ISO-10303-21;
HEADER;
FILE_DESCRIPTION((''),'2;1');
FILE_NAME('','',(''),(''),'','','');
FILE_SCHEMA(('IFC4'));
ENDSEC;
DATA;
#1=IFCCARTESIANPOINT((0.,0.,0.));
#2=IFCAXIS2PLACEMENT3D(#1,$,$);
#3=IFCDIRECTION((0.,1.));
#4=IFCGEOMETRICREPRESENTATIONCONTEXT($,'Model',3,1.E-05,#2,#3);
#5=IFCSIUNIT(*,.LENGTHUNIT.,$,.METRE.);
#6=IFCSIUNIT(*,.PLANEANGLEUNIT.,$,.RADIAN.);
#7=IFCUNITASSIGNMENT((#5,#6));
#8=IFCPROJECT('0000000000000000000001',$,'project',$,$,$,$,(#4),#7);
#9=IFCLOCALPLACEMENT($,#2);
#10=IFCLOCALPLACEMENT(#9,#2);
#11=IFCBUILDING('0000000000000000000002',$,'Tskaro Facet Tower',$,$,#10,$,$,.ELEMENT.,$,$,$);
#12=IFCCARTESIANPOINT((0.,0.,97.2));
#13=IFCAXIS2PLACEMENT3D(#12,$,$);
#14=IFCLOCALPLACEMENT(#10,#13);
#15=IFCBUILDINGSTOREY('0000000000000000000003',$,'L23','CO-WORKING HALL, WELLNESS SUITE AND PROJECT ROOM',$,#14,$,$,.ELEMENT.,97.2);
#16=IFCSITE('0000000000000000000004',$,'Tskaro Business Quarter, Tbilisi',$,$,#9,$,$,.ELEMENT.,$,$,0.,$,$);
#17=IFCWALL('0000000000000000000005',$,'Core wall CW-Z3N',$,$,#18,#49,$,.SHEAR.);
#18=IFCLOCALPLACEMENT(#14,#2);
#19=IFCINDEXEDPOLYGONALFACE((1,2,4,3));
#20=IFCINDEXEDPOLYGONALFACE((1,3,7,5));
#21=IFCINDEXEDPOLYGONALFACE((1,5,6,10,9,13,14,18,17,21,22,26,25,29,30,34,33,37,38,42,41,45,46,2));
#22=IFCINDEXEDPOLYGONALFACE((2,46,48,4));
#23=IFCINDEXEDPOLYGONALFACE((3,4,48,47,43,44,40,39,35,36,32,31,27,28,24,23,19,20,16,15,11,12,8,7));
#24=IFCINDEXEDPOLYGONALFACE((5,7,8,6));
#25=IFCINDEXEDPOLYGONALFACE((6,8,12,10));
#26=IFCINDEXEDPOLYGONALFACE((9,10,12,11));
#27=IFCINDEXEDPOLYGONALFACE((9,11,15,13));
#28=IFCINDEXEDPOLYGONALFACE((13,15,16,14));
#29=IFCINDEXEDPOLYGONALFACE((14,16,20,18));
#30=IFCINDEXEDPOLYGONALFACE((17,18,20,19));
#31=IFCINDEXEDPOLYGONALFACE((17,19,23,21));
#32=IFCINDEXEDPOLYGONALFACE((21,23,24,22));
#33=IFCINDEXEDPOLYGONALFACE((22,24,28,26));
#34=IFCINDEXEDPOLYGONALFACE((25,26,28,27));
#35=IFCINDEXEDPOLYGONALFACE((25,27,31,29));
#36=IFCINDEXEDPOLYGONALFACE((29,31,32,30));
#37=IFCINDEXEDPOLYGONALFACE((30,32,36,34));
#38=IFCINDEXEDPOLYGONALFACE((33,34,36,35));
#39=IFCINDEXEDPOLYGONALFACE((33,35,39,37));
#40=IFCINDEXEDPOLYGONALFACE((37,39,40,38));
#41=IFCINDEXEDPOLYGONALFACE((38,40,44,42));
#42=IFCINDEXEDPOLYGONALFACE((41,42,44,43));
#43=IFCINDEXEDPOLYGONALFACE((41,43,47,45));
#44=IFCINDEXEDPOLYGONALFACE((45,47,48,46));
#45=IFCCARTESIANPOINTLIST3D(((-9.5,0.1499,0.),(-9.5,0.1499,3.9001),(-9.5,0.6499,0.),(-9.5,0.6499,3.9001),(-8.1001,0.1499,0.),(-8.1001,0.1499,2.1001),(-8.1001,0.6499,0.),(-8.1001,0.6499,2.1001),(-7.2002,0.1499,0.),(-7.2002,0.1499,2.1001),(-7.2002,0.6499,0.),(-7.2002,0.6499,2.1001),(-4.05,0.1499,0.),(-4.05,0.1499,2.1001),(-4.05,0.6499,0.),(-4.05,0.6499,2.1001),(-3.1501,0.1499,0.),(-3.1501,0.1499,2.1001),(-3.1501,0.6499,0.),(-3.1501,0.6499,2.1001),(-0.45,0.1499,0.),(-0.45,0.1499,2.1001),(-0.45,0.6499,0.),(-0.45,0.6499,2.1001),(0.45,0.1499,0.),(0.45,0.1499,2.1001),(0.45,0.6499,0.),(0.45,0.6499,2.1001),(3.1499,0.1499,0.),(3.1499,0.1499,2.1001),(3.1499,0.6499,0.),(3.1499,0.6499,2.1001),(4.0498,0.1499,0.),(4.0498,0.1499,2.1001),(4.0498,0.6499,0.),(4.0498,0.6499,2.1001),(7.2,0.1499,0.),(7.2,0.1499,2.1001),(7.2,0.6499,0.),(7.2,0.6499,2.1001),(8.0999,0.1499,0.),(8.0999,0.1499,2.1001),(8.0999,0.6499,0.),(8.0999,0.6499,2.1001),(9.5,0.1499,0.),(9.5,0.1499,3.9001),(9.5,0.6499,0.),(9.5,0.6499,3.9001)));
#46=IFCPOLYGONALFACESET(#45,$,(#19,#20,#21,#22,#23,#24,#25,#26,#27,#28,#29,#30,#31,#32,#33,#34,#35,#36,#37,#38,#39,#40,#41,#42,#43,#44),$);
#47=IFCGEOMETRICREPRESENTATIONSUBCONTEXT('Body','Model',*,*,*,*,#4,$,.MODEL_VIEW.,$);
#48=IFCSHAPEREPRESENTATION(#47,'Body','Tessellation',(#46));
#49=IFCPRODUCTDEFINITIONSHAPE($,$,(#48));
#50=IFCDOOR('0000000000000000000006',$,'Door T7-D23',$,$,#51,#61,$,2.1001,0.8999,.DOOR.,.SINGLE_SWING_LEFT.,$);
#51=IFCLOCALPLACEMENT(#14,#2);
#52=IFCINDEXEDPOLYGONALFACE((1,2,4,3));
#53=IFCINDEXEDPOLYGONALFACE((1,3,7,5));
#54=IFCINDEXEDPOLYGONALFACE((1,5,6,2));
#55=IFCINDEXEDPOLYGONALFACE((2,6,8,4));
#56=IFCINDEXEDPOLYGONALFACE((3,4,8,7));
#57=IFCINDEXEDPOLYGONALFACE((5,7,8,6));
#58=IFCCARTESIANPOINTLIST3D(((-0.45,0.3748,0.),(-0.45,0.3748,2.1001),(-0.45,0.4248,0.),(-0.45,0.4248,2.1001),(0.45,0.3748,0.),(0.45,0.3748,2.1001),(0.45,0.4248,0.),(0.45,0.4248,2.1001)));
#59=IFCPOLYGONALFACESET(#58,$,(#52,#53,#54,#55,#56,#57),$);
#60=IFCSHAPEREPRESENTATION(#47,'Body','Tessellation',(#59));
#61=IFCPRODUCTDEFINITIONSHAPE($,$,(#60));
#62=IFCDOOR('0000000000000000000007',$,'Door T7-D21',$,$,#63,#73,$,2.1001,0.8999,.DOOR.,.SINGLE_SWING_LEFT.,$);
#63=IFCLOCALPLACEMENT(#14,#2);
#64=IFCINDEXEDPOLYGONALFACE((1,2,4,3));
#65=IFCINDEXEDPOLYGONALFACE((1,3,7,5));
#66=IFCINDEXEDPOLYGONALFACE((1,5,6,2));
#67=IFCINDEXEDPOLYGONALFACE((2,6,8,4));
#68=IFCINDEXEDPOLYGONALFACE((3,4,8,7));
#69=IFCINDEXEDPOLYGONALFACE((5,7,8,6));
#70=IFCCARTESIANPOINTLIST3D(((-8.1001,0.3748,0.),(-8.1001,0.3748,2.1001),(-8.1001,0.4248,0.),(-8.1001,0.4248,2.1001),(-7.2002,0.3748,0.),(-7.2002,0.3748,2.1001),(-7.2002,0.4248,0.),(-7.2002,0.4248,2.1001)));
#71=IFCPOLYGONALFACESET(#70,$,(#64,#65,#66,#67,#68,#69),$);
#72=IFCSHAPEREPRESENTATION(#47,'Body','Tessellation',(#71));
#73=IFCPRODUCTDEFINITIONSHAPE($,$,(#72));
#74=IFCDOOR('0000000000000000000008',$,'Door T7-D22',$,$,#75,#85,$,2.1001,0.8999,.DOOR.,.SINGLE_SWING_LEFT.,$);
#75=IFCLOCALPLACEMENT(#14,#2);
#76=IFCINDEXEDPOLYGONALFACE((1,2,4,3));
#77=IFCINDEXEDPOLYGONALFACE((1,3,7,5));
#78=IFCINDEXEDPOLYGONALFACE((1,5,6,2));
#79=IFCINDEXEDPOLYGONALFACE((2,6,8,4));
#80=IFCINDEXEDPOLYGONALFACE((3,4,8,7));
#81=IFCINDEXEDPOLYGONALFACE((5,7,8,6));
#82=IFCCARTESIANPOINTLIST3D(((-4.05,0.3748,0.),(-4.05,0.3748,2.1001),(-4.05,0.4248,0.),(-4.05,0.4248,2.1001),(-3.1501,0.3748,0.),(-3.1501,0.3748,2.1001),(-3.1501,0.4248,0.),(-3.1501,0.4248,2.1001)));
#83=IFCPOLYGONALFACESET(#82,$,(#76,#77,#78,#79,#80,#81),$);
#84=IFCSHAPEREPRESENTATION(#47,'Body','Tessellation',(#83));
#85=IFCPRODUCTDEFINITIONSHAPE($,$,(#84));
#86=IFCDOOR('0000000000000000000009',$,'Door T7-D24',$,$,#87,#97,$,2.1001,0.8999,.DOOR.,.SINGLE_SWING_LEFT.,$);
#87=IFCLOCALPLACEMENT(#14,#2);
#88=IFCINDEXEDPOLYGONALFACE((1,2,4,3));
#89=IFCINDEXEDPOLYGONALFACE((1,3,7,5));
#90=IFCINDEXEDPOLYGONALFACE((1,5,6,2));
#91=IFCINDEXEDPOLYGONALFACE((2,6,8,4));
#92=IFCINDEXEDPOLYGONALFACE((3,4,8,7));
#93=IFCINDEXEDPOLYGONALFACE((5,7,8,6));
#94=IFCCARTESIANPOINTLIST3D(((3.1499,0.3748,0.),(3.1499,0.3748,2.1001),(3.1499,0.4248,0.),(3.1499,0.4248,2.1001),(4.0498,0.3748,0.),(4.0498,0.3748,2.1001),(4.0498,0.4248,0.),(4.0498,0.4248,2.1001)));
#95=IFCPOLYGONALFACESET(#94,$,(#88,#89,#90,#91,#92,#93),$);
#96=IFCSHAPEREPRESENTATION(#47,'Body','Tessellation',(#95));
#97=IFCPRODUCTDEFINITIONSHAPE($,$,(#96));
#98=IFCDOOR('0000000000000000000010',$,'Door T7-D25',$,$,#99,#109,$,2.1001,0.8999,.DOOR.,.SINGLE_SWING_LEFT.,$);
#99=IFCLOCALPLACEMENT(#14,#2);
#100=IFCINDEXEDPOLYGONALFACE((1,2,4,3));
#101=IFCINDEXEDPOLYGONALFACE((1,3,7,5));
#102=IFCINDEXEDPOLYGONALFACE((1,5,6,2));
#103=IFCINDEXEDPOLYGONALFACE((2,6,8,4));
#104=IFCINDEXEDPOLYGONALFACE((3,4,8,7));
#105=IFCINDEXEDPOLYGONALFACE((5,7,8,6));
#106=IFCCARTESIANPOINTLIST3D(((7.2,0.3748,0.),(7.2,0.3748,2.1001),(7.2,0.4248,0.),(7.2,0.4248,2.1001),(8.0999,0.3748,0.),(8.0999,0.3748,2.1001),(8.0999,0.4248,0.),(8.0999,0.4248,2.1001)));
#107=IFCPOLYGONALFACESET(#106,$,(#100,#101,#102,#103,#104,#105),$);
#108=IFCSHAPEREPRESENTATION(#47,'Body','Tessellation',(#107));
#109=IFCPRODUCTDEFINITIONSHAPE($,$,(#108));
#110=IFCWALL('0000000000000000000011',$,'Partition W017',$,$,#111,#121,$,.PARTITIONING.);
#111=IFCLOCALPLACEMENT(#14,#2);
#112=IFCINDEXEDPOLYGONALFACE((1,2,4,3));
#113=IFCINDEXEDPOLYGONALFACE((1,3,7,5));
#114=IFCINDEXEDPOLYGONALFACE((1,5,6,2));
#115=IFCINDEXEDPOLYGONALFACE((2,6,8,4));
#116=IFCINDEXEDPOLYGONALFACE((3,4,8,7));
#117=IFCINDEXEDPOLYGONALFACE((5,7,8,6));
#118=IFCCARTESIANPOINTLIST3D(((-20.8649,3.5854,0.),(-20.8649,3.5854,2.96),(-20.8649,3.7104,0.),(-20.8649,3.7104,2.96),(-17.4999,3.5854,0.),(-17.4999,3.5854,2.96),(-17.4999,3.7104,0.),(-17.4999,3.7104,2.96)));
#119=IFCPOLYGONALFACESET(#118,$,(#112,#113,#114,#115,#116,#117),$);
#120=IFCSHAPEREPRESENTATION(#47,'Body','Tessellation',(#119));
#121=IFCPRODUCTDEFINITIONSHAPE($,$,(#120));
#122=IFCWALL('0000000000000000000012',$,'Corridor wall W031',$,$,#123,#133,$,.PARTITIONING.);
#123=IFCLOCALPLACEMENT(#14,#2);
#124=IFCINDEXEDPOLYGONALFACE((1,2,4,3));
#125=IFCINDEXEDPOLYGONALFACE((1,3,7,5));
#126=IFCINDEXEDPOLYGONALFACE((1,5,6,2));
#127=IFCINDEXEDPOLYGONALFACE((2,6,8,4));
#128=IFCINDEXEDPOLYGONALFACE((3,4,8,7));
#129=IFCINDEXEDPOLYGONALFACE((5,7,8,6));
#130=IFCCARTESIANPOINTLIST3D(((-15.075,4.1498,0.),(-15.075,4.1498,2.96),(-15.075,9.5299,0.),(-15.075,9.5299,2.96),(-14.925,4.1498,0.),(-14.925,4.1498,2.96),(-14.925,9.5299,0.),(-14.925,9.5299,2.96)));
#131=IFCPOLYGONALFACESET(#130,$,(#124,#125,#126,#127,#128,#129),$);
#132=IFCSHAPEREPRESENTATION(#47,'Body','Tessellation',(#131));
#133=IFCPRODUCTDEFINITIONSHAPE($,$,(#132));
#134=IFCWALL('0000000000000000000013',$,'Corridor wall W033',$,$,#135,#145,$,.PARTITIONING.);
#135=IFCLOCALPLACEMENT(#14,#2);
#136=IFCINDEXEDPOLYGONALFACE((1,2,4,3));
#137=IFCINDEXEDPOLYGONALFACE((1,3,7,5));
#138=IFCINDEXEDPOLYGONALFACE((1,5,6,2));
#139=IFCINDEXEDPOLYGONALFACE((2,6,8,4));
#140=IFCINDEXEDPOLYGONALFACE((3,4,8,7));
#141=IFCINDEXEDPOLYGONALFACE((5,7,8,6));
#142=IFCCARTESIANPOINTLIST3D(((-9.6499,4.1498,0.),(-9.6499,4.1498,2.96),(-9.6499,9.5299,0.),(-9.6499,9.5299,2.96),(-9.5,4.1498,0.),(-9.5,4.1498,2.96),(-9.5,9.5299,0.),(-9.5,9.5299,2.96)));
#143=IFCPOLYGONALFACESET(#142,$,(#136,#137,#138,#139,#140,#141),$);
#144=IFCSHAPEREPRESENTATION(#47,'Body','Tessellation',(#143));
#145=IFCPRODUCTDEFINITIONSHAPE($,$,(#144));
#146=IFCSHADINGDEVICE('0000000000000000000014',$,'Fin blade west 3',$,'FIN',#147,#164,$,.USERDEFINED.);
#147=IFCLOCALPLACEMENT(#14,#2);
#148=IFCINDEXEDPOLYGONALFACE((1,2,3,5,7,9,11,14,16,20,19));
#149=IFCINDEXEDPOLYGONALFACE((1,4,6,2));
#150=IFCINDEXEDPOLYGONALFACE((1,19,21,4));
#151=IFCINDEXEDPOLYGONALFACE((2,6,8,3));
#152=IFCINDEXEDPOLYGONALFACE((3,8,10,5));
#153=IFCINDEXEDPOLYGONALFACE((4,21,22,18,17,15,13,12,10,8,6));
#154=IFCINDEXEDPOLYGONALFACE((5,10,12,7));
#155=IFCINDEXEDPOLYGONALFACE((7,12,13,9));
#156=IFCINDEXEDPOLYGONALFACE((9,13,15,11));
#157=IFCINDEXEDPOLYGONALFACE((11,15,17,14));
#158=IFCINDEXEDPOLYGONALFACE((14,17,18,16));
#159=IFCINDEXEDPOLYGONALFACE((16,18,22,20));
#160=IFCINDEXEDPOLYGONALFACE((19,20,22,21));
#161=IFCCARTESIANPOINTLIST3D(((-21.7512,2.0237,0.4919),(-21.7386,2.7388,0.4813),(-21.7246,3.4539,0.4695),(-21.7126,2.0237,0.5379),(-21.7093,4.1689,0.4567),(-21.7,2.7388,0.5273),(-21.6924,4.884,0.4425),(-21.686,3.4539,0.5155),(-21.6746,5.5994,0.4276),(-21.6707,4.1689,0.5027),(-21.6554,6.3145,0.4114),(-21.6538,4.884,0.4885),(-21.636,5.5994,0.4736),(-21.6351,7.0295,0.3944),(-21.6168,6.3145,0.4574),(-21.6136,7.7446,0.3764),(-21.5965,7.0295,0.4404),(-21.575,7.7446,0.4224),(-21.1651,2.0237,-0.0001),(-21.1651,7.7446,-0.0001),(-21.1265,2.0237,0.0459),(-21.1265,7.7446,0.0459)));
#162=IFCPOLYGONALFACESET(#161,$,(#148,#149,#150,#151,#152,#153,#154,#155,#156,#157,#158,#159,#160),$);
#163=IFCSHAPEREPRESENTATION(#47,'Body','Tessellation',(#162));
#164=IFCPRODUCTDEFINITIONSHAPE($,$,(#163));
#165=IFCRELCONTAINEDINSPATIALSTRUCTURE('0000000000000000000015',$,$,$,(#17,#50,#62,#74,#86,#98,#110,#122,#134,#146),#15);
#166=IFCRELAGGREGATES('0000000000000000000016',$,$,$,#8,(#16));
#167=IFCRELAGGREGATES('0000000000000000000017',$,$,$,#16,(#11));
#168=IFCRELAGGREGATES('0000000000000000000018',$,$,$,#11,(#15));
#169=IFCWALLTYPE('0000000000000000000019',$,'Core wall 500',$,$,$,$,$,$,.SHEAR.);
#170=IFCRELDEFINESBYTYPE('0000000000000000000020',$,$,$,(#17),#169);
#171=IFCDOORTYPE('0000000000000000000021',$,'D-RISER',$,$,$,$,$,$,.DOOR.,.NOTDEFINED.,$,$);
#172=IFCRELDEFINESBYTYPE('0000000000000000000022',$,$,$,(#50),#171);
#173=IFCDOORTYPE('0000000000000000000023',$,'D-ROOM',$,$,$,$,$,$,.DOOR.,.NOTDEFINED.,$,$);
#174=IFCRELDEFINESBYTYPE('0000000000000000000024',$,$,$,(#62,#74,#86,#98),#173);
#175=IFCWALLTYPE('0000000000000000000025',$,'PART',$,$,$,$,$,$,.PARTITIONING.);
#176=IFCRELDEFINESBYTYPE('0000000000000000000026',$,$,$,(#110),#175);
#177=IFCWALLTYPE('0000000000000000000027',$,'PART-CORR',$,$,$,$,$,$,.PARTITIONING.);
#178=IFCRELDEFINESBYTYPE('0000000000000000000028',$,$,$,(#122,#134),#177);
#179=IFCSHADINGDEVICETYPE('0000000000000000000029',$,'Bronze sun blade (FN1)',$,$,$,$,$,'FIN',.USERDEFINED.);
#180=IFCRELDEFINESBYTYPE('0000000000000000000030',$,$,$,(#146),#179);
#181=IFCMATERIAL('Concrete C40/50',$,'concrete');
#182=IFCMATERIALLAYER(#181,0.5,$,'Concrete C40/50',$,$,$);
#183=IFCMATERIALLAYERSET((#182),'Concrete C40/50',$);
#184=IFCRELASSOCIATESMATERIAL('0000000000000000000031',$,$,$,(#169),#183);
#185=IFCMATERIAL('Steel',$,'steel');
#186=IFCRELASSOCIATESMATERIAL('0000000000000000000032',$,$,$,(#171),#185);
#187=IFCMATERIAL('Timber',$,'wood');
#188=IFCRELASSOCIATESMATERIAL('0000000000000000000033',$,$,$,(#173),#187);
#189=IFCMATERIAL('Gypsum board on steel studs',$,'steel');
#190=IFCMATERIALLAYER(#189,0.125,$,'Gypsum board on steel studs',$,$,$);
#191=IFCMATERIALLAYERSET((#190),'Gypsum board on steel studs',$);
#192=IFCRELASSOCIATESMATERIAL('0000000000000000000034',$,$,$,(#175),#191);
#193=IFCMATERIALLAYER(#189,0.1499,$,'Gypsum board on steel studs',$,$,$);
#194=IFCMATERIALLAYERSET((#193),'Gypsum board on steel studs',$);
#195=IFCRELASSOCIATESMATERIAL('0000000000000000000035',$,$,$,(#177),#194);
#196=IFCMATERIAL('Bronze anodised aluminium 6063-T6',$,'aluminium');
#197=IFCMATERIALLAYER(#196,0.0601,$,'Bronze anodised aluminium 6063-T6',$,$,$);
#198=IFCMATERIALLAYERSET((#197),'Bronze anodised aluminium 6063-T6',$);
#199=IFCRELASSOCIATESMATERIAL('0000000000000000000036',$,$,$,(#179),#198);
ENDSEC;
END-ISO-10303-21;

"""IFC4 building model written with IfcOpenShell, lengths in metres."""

from ifc_helpers import new_model, si_unit, direction, frame, frame_2d, origin, place, context, subcontext, project, spatial, polyline, rectangle, outline, extrude, material, layer, layer_set, type_object, element, fill, save


model = new_model("IFC4")

# Units and contexts
model_context = context("Model", 3, precision=1e-05, world=origin(), true_north=direction((0.0, 1.0)))
body_context = subcontext(model_context, "Body", "Model", "MODEL_VIEW")
ifc_project = project(units=[si_unit("LENGTHUNIT", "METRE"), si_unit("PLANEANGLEUNIT", "RADIAN")], contexts=[model_context])

# Site, building, storey
site_placement = place(None, origin())
site = spatial("IfcSite", under=ifc_project, at=site_placement, Name="Tskaro Business Quarter, Tbilisi", CompositionType="ELEMENT", RefElevation=0.0)
building_placement = place(site_placement, origin())
building = spatial("IfcBuilding", under=site, at=building_placement, Name="Tskaro Facet Tower", CompositionType="ELEMENT")
storey_placement = place(building_placement, frame((0.0, 0.0, 97.2)))
storey = spatial("IfcBuildingStorey", under=building, at=storey_placement, Name="L23", Description="CO-WORKING HALL, WELLNESS SUITE AND PROJECT ROOM", CompositionType="ELEMENT", Elevation=97.2)

# Shared definitions
ifc_material_1 = material(Name="Bronze anodised aluminium 6063-T6", Category="aluminium")

# Wall, openings, doors
ifc_material_2 = material(Name="Concrete C40/50", Category="concrete")
ifc_layer_1 = layer(ifc_material_2, 0.5, Name="Concrete C40/50")
ifc_layer_set_1 = layer_set([ifc_layer_1], Name="Concrete C40/50")
wall_type_1 = type_object("IfcWallType", Name="Core wall 500", PredefinedType="SHEAR", material=ifc_layer_set_1)
wall_1_placement = place(storey_placement, frame((-9.5, 0.3999, 0.0), z_axis=(0.0, 0.0, 1.0), x_axis=(1.0, 0.0, 0.0)))
wall_1 = element("IfcWall", 1, at=wall_1_placement, inside=storey, type_object=wall_type_1, Name="Core wall CW-Z3N", PredefinedType="SHEAR", context=body_context, shape_type="SweptSolid", body=[
    extrude(rectangle(XDim=19.0, YDim=0.5, at=frame_2d((9.5, 0.0))), origin(), (0.0, 0.0, 1.0), 3.9001),
])
opening_1_placement = place(wall_1_placement, frame((1.3999, 0.0, 0.0)))
opening_1 = element("IfcOpeningElement", 2, at=opening_1_placement, cuts=wall_1, PredefinedType="OPENING", context=body_context, shape_type="SweptSolid", body=[
    extrude(rectangle(XDim=0.8999, YDim=2.1001, at=frame_2d((0.45, 1.05))), frame((0.0, 0.26, 0.0), z_axis=(0.0, -1.0, 0.0), x_axis=(1.0, 0.0, 0.0)), (0.0, 0.0, 1.0), 0.52),
])
opening_2_placement = place(wall_1_placement, frame((5.45, 0.0, 0.0)))
opening_2 = element("IfcOpeningElement", 3, at=opening_2_placement, cuts=wall_1, PredefinedType="OPENING", context=body_context, shape_type="SweptSolid", body=[
    extrude(rectangle(XDim=0.8999, YDim=2.1001, at=frame_2d((0.45, 1.05))), frame((0.0, 0.26, 0.0), z_axis=(0.0, -1.0, 0.0), x_axis=(1.0, 0.0, 0.0)), (0.0, 0.0, 1.0), 0.52),
])
opening_3_placement = place(wall_1_placement, frame((12.6499, 0.0, 0.0)))
opening_3 = element("IfcOpeningElement", 4, at=opening_3_placement, cuts=wall_1, PredefinedType="OPENING", context=body_context, shape_type="SweptSolid", body=[
    extrude(rectangle(XDim=0.8999, YDim=2.1001, at=frame_2d((0.45, 1.05))), frame((0.0, 0.26, 0.0), z_axis=(0.0, -1.0, 0.0), x_axis=(1.0, 0.0, 0.0)), (0.0, 0.0, 1.0), 0.52),
])
opening_4_placement = place(wall_1_placement, frame((16.7, 0.0, 0.0)))
opening_4 = element("IfcOpeningElement", 5, at=opening_4_placement, cuts=wall_1, PredefinedType="OPENING", context=body_context, shape_type="SweptSolid", body=[
    extrude(rectangle(XDim=0.8999, YDim=2.1001, at=frame_2d((0.45, 1.05))), frame((0.0, 0.26, 0.0), z_axis=(0.0, -1.0, 0.0), x_axis=(1.0, 0.0, 0.0)), (0.0, 0.0, 1.0), 0.52),
])
opening_5_placement = place(wall_1_placement, frame((9.05, 0.0, 0.0)))
opening_5 = element("IfcOpeningElement", 6, at=opening_5_placement, cuts=wall_1, PredefinedType="OPENING", context=body_context, shape_type="SweptSolid", body=[
    extrude(rectangle(XDim=0.8999, YDim=2.1001, at=frame_2d((0.45, 1.05))), frame((0.0, 0.26, 0.0), z_axis=(0.0, -1.0, 0.0), x_axis=(1.0, 0.0, 0.0)), (0.0, 0.0, 1.0), 0.52),
])
ifc_material_3 = material(Name="Steel", Category="steel")
door_type_1 = type_object("IfcDoorType", Name="D-RISER", OperationType="NOTDEFINED", PredefinedType="DOOR", material=ifc_material_3)
door_1_placement = place(opening_5_placement, origin())
door_1 = element("IfcDoor", 7, at=door_1_placement, inside=storey, type_object=door_type_1, Name="Door T7-D23", OperationType="SINGLE_SWING_LEFT", OverallHeight=2.1001, OverallWidth=0.8999, PredefinedType="DOOR", context=body_context, shape_type="SweptSolid", body=[
    extrude(rectangle(XDim=0.8999, YDim=2.1001, at=frame_2d((0.45, 1.05))), frame((0.0, 0.0249, 0.0), z_axis=(0.0, -1.0, 0.0), x_axis=(1.0, 0.0, 0.0)), (0.0, 0.0, 1.0), 0.05),
])
fill(opening_5, door_1)
ifc_material_4 = material(Name="Timber", Category="wood")
door_type_2 = type_object("IfcDoorType", Name="D-ROOM", OperationType="NOTDEFINED", PredefinedType="DOOR", material=ifc_material_4)
door_2_placement = place(opening_1_placement, origin())
door_2 = element("IfcDoor", 8, at=door_2_placement, inside=storey, type_object=door_type_2, Name="Door T7-D21", OperationType="SINGLE_SWING_LEFT", OverallHeight=2.1001, OverallWidth=0.8999, PredefinedType="DOOR", context=body_context, shape_type="SweptSolid", body=[
    extrude(rectangle(XDim=0.8999, YDim=2.1001, at=frame_2d((0.45, 1.05))), frame((0.0, 0.0249, 0.0), z_axis=(0.0, -1.0, 0.0), x_axis=(1.0, 0.0, 0.0)), (0.0, 0.0, 1.0), 0.05),
])
fill(opening_1, door_2)
door_3_placement = place(opening_2_placement, origin())
door_3 = element("IfcDoor", 9, at=door_3_placement, inside=storey, type_object=door_type_2, Name="Door T7-D22", OperationType="SINGLE_SWING_LEFT", OverallHeight=2.1001, OverallWidth=0.8999, PredefinedType="DOOR", context=body_context, shape_type="SweptSolid", body=[
    extrude(rectangle(XDim=0.8999, YDim=2.1001, at=frame_2d((0.45, 1.05))), frame((0.0, 0.0249, 0.0), z_axis=(0.0, -1.0, 0.0), x_axis=(1.0, 0.0, 0.0)), (0.0, 0.0, 1.0), 0.05),
])
fill(opening_2, door_3)
door_4_placement = place(opening_3_placement, origin())
door_4 = element("IfcDoor", 10, at=door_4_placement, inside=storey, type_object=door_type_2, Name="Door T7-D24", OperationType="SINGLE_SWING_LEFT", OverallHeight=2.1001, OverallWidth=0.8999, PredefinedType="DOOR", context=body_context, shape_type="SweptSolid", body=[
    extrude(rectangle(XDim=0.8999, YDim=2.1001, at=frame_2d((0.45, 1.05))), frame((0.0, 0.0249, 0.0), z_axis=(0.0, -1.0, 0.0), x_axis=(1.0, 0.0, 0.0)), (0.0, 0.0, 1.0), 0.05),
])
fill(opening_3, door_4)
door_5_placement = place(opening_4_placement, origin())
door_5 = element("IfcDoor", 11, at=door_5_placement, inside=storey, type_object=door_type_2, Name="Door T7-D25", OperationType="SINGLE_SWING_LEFT", OverallHeight=2.1001, OverallWidth=0.8999, PredefinedType="DOOR", context=body_context, shape_type="SweptSolid", body=[
    extrude(rectangle(XDim=0.8999, YDim=2.1001, at=frame_2d((0.45, 1.05))), frame((0.0, 0.0249, 0.0), z_axis=(0.0, -1.0, 0.0), x_axis=(1.0, 0.0, 0.0)), (0.0, 0.0, 1.0), 0.05),
])
fill(opening_4, door_5)

# Walls
ifc_material_5 = material(Name="Gypsum board on steel studs", Category="steel")
ifc_layer_2 = layer(ifc_material_5, 0.125, Name="Gypsum board on steel studs")
ifc_layer_set_2 = layer_set([ifc_layer_2], Name="Gypsum board on steel studs")
wall_type_2 = type_object("IfcWallType", Name="PART", PredefinedType="PARTITIONING", material=ifc_layer_set_2)
wall_2_placement = place(storey_placement, frame((-20.865, 3.6479, 0.0), z_axis=(0.0, 0.0, 1.0), x_axis=(1.0, 0.0, 0.0)))
element("IfcWall", 12, at=wall_2_placement, inside=storey, type_object=wall_type_2, Name="Partition W017", PredefinedType="PARTITIONING", context=body_context, shape_type="SweptSolid", body=[
    extrude(rectangle(XDim=3.365, YDim=0.125, at=frame_2d((1.6826, 0.0))), origin(), (0.0, 0.0, 1.0), 2.96),
])
ifc_layer_3 = layer(ifc_material_5, 0.1499, Name="Gypsum board on steel studs")
ifc_layer_set_3 = layer_set([ifc_layer_3], Name="Gypsum board on steel studs")
wall_type_3 = type_object("IfcWallType", Name="PART-CORR", PredefinedType="PARTITIONING", material=ifc_layer_set_3)
for number, where, z_axis, x_axis, name in (
    (13, (-15.0, 4.1499, 0.0), (0.0, 0.0, 1.0), (0.0, 1.0, 0.0), "Corridor wall W031"),
    (14, (-9.575, 4.1499, 0.0), (0.0, 0.0, 1.0), (0.0, 1.0, 0.0), "Corridor wall W033"),
):
    element("IfcWall", number, at=place(storey_placement, frame(where, z_axis=z_axis, x_axis=x_axis)), inside=storey, type_object=wall_type_3, Name=name, PredefinedType="PARTITIONING", context=body_context, shape_type="SweptSolid", body=[
        extrude(rectangle(XDim=5.3801, YDim=0.1499, at=frame_2d((2.6899, 0.0))), origin(), (0.0, 0.0, 1.0), 2.96),
    ])

# Shading device
ifc_layer_4 = layer(ifc_material_1, 0.0601, Name="Bronze anodised aluminium 6063-T6")
ifc_layer_set_4 = layer_set([ifc_layer_4], Name="Bronze anodised aluminium 6063-T6")
shading_device_type = type_object("IfcShadingDeviceType", Name="Bronze sun blade (FN1)", ElementType="FIN", PredefinedType="USERDEFINED", material=ifc_layer_set_4)
shading_device_1_placement = place(storey_placement, frame((-21.1265, 7.7446, 0.0459), z_axis=(0.642918, -0.000008, 0.765935), x_axis=(-0.000005, -1.0, -0.000006)))
element("IfcShadingDevice", 15, at=shading_device_1_placement, inside=storey, type_object=shading_device_type, Name="Fin blade west 3", ObjectType="FIN", PredefinedType="USERDEFINED", context=body_context, shape_type="SweptSolid", body=[
    extrude(outline(polyline([(0.0, 0.0), (5.7209, 0.0), (5.7209, -0.7653), (5.0059, -0.7488), (4.2908, -0.7304), (3.5757, -0.7105), (2.8606, -0.6885), (2.1453, -0.6653), (1.4302, -0.6401), (0.7151, -0.6136), (0.0, -0.5855), (0.0, 0.0)])), origin(), (0.0, 0.0, -1.0), 0.0601),
])

save(model, "model.ifc")
